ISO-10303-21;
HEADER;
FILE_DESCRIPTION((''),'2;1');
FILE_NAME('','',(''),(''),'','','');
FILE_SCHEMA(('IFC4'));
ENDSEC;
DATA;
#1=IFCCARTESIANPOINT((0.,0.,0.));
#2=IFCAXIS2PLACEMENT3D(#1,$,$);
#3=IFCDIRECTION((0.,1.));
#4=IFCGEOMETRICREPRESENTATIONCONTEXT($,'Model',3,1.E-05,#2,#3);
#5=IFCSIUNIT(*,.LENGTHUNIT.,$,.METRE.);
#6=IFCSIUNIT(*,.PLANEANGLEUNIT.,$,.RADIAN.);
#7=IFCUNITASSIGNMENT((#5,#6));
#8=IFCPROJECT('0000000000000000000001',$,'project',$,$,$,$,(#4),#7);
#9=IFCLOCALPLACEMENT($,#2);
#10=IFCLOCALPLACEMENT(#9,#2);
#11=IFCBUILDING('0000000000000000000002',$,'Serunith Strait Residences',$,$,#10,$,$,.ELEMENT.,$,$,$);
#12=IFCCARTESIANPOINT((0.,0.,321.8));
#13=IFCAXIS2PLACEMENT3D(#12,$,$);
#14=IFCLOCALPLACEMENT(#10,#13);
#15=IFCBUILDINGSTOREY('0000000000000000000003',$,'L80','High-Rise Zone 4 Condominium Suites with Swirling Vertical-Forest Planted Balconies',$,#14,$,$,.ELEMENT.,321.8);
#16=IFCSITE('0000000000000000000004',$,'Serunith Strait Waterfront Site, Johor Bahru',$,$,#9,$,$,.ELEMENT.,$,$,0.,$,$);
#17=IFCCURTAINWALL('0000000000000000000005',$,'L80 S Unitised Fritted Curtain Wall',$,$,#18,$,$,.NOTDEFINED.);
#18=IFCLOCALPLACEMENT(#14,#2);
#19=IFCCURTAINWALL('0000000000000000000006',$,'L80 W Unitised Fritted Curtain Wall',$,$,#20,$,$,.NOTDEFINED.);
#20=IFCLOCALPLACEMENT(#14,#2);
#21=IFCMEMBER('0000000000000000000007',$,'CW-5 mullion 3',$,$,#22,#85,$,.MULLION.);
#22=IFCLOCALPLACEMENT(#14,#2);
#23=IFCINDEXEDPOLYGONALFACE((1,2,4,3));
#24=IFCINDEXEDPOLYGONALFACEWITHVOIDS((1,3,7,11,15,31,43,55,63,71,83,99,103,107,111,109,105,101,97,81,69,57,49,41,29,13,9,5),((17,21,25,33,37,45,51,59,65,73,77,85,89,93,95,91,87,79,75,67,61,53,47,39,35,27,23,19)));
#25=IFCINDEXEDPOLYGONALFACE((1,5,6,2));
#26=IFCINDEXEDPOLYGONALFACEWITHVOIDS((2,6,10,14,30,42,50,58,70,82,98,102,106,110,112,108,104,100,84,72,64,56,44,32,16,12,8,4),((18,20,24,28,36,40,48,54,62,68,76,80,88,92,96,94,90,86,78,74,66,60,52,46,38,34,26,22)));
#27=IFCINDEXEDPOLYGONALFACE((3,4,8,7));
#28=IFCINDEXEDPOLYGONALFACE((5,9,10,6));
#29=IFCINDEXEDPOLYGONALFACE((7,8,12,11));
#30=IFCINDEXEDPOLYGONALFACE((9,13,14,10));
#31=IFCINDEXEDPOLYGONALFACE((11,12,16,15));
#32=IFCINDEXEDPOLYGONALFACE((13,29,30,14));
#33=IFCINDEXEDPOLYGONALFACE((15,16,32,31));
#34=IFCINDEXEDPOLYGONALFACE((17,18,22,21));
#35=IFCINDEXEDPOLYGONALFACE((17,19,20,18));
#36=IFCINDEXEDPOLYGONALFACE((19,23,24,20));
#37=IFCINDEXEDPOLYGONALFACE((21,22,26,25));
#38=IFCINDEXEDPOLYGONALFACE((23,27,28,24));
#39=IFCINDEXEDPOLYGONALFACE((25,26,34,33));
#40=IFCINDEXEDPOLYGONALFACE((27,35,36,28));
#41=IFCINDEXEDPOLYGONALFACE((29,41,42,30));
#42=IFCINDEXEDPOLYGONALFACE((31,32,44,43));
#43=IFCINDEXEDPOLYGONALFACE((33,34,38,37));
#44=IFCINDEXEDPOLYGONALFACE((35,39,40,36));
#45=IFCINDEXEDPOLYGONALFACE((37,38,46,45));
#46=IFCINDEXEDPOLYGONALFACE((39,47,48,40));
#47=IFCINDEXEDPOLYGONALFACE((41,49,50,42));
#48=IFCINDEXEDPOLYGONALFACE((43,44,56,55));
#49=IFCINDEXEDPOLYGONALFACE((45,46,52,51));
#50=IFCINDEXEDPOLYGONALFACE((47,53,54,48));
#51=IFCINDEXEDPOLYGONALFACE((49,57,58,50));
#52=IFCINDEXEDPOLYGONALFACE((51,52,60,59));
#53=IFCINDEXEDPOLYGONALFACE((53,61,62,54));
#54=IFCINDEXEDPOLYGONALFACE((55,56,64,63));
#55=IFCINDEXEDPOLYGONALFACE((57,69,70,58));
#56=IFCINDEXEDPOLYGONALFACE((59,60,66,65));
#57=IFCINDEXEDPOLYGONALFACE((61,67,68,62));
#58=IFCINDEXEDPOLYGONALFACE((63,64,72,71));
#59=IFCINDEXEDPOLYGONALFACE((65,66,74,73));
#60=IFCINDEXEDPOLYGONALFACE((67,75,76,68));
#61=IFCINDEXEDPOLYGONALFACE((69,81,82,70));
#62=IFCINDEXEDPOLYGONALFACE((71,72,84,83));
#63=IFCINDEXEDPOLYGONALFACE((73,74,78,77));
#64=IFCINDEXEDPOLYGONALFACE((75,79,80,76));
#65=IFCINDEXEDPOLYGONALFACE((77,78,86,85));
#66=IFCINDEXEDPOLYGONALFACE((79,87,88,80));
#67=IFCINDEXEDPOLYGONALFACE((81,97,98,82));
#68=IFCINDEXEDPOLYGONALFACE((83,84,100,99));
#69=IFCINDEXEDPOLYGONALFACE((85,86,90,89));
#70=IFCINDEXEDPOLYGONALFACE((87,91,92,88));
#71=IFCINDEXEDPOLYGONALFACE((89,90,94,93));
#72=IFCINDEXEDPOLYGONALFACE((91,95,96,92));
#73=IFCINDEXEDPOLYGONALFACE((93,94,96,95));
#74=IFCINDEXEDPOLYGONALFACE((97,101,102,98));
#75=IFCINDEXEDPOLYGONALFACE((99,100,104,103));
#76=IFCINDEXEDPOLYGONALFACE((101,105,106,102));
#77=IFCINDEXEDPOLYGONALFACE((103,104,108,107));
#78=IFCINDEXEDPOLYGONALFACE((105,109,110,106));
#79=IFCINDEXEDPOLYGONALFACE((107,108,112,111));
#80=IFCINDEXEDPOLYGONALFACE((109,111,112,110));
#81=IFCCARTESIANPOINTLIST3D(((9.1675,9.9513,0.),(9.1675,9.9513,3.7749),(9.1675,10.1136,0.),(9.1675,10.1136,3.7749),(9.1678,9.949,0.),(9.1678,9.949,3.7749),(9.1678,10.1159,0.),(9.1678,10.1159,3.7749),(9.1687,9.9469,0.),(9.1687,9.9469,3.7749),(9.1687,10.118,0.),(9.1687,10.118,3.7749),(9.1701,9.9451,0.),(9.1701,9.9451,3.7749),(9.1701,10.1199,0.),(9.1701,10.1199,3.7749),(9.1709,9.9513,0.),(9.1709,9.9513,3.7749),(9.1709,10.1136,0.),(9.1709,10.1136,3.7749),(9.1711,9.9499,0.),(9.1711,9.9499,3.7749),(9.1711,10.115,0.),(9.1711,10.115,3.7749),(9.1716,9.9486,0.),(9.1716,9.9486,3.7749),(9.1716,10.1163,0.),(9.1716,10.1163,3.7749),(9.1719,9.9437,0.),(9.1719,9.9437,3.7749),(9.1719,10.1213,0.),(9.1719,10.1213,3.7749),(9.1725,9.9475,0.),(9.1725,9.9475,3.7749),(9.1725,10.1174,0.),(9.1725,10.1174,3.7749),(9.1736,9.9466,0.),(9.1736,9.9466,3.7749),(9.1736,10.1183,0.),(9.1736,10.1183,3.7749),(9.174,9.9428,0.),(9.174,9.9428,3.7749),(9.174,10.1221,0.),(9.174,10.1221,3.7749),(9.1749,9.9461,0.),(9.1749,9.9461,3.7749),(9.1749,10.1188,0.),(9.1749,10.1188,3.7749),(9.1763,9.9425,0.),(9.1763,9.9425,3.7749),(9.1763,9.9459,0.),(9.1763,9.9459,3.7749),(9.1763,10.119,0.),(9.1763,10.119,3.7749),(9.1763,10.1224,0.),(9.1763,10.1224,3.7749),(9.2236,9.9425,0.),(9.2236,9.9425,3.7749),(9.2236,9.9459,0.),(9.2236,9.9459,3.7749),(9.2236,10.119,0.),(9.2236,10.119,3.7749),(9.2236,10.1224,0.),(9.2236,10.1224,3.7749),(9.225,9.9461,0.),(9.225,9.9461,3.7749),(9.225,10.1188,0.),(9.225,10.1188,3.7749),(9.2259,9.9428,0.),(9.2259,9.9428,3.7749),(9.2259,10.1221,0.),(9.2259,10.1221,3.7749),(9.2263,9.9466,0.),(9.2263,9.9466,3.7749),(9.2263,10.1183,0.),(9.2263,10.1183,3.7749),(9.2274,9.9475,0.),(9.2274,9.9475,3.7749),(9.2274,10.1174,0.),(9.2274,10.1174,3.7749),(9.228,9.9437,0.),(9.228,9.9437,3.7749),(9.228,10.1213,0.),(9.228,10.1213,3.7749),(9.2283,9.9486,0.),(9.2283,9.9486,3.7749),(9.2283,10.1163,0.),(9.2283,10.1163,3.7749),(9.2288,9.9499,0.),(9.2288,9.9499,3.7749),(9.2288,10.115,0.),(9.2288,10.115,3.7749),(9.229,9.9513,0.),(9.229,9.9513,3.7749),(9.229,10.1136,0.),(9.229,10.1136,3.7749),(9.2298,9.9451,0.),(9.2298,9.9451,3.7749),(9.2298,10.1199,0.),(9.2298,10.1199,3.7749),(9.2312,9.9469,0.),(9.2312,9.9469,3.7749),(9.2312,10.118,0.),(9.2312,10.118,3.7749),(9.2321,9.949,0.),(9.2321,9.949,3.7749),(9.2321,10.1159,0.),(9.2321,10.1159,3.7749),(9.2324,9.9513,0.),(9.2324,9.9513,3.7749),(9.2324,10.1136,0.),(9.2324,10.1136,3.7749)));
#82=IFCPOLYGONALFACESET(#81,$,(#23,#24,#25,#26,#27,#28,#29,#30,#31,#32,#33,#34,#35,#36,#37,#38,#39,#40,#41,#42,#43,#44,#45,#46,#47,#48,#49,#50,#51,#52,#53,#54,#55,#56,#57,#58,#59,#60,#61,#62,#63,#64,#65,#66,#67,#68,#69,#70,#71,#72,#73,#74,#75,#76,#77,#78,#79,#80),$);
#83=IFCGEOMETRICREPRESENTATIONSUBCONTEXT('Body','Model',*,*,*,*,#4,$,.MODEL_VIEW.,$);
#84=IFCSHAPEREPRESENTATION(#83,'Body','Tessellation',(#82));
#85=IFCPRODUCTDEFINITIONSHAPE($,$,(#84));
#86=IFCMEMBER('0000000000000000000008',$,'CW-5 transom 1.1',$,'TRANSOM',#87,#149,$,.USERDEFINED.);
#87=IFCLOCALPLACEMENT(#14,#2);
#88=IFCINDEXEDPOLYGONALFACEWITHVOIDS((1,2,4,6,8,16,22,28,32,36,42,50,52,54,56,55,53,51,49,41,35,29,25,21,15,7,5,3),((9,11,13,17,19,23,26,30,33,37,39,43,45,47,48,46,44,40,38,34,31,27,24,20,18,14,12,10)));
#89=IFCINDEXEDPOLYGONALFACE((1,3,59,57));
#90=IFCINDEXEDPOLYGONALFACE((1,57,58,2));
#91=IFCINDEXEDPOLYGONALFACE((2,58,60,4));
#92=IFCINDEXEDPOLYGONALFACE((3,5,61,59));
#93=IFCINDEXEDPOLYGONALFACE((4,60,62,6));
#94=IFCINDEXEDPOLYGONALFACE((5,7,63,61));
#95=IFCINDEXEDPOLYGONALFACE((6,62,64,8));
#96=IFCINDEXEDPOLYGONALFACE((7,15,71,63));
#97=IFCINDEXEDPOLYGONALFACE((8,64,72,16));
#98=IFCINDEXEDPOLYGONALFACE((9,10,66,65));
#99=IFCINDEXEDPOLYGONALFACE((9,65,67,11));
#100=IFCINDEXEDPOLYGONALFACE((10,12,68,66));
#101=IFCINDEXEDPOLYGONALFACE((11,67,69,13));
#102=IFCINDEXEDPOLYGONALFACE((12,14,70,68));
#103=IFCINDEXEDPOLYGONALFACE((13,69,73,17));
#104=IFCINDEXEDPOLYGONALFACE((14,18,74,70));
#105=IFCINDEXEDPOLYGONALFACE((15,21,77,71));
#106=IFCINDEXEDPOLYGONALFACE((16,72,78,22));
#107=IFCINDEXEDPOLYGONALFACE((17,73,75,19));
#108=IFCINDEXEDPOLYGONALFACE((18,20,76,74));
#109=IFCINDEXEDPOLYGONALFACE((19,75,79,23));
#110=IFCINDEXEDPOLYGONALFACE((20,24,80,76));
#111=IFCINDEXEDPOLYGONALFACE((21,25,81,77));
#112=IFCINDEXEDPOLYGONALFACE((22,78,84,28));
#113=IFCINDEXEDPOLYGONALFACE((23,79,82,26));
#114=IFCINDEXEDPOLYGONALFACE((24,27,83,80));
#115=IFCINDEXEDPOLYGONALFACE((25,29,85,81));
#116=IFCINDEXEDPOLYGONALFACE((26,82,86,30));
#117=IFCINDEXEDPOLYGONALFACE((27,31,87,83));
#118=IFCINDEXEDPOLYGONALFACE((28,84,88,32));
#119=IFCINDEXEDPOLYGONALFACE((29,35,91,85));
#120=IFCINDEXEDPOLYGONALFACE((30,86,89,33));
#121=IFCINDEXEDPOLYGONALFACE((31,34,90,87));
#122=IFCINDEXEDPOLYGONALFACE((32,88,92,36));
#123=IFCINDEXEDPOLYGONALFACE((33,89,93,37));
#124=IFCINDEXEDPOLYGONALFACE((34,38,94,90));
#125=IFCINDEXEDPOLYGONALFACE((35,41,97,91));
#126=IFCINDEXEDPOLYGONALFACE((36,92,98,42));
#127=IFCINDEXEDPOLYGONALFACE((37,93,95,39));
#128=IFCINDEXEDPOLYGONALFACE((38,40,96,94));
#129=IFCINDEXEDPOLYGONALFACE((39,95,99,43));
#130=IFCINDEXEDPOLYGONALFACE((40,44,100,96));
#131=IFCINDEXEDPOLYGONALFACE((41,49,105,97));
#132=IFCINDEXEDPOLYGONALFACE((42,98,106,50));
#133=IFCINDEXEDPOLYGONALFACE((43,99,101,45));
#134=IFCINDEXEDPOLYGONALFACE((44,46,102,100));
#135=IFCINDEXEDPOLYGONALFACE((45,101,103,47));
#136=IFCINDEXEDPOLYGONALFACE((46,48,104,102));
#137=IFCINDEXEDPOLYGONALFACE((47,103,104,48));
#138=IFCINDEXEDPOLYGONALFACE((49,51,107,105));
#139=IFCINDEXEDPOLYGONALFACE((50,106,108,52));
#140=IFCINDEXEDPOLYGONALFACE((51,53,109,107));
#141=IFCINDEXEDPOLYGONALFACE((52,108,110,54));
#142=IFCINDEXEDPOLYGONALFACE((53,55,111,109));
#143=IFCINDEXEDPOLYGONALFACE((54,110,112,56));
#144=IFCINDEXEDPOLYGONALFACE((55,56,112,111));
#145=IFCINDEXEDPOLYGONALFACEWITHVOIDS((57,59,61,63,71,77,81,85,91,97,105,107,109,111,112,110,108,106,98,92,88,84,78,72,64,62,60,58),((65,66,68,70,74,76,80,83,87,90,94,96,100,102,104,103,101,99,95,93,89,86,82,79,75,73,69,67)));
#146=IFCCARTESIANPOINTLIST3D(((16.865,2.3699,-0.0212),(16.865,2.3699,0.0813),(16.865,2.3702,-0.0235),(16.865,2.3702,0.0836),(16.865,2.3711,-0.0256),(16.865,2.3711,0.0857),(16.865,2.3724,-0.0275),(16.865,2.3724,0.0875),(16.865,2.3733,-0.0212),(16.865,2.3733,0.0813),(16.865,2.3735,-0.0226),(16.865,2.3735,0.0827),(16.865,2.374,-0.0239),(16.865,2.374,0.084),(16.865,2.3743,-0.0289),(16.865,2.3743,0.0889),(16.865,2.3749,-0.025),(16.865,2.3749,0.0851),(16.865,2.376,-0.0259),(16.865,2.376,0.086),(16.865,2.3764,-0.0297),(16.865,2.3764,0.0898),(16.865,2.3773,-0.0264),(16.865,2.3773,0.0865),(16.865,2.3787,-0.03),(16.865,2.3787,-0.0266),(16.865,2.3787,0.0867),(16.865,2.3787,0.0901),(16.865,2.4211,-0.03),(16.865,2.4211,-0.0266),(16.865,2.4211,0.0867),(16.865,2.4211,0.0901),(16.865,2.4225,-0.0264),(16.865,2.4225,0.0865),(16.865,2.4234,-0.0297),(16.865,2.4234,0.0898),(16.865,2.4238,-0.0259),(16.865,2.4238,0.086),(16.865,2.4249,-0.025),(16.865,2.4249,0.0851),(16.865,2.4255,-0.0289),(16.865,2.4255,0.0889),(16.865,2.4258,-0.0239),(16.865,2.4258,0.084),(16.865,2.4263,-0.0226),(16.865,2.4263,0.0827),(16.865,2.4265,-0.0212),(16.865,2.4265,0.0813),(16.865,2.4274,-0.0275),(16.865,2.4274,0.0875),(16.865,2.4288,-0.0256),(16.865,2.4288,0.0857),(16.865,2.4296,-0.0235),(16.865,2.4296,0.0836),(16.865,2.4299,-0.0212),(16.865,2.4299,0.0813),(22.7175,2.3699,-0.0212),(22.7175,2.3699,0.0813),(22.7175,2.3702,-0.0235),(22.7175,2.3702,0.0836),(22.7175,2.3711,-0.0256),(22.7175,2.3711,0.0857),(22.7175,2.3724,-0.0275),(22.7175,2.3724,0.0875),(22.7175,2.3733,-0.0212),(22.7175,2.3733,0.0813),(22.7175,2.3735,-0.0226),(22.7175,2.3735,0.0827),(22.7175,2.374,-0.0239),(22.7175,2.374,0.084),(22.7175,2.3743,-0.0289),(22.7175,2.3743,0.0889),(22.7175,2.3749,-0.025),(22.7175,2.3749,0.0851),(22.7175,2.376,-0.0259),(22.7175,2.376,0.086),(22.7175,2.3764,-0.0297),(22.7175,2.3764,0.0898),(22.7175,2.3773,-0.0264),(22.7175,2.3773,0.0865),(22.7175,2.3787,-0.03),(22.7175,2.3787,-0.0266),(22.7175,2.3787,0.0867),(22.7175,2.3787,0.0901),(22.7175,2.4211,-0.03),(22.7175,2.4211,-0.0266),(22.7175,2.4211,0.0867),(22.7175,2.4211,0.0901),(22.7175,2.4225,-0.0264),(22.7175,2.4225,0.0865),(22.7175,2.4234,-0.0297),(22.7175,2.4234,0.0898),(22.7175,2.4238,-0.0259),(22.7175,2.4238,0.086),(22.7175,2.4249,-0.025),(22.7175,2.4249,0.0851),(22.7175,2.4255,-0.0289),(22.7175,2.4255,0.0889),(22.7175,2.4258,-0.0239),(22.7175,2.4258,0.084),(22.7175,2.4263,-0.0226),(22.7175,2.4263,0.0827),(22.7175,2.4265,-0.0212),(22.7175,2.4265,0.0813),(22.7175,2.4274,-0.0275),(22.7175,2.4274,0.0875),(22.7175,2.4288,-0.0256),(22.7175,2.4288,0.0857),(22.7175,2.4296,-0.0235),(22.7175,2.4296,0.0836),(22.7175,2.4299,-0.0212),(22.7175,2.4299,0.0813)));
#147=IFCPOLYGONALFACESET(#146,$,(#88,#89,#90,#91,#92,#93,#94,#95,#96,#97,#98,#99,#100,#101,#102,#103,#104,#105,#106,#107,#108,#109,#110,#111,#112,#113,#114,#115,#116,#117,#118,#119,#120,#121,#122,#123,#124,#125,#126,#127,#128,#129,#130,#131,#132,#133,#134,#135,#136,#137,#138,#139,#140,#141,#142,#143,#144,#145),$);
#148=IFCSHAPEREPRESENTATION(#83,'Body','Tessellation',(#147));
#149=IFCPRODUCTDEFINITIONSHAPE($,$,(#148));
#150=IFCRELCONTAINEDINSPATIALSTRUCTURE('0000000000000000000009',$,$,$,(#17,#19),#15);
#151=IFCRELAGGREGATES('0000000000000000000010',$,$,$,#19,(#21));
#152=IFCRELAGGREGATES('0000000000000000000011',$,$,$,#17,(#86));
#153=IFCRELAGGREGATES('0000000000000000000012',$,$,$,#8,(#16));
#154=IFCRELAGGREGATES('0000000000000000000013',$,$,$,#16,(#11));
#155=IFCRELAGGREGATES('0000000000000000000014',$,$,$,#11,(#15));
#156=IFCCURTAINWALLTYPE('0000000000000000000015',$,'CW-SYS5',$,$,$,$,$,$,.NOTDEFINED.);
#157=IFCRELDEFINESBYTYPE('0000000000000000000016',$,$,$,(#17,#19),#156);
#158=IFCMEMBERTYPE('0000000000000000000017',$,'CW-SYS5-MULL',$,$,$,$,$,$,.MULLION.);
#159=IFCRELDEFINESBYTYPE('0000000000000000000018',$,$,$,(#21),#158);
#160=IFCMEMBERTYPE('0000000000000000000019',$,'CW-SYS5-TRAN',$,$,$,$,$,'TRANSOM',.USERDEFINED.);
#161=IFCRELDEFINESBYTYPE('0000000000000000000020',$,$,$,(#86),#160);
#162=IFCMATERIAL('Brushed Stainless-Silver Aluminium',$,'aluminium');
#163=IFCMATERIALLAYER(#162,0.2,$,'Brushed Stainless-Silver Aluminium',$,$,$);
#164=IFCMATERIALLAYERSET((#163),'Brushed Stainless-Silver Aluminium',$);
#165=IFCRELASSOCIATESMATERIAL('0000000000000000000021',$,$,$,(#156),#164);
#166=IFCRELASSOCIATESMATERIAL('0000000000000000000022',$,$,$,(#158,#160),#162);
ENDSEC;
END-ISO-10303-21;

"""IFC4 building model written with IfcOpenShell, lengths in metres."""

from ifc_helpers import new_model, si_unit, direction, frame, origin, origin_2d, place, context, subcontext, project, spatial, hollow_rectangle, extrude, source, transform, mapped, material, layer, layer_set, material_profile, profile_set, type_object, element, aggregate, save


model = new_model("IFC4")

# Units and contexts
model_context = context("Model", 3, precision=1e-05, world=origin(), true_north=direction((0.0, 1.0)))
body_context = subcontext(model_context, "Body", "Model", "MODEL_VIEW")
ifc_project = project(units=[si_unit("LENGTHUNIT", "METRE"), si_unit("PLANEANGLEUNIT", "RADIAN")], contexts=[model_context])

# Site, building, storey
site_placement = place(None, origin())
site = spatial("IfcSite", under=ifc_project, at=site_placement, Name="Serunith Strait Waterfront Site, Johor Bahru", CompositionType="ELEMENT", RefElevation=0.0)
building_placement = place(site_placement, origin())
building = spatial("IfcBuilding", under=site, at=building_placement, Name="Serunith Strait Residences", CompositionType="ELEMENT")
storey_placement = place(building_placement, frame((0.0, 0.0, 321.8)))
storey = spatial("IfcBuildingStorey", under=building, at=storey_placement, Name="L80", Description="High-Rise Zone 4 Condominium Suites with Swirling Vertical-Forest Planted Balconies", CompositionType="ELEMENT", Elevation=321.8)

# Curtain walls, member
ifc_material_1 = material(Name="Brushed Stainless-Silver Aluminium", Category="aluminium")
ifc_layer_1 = layer(ifc_material_1, 0.2, Name="Brushed Stainless-Silver Aluminium")
ifc_layer_set_1 = layer_set([ifc_layer_1], Name="Brushed Stainless-Silver Aluminium")
curtain_wall_type = type_object("IfcCurtainWallType", Name="CW-SYS5", PredefinedType="NOTDEFINED", material=ifc_layer_set_1)
curtain_wall_1_placement = place(storey_placement, origin())
curtain_wall_1 = element("IfcCurtainWall", 1, at=curtain_wall_1_placement, inside=storey, type_object=curtain_wall_type, Name="L80 S Unitised Fritted Curtain Wall", PredefinedType="NOTDEFINED")
ifc_material_profile_1 = material_profile(ifc_material_1, hollow_rectangle(XDim=0.0649, YDim=0.1799, WallThickness=0.0034, InnerFilletRadius=0.0054, OuterFilletRadius=0.0088, at=origin_2d()), Name="ALU 180x65x3.5")
ifc_profile_set_1 = profile_set([ifc_material_profile_1], Name="Brushed Stainless-Silver Aluminium")
member_type_1 = type_object("IfcMemberType", Name="CW-SYS5-MULL", PredefinedType="MULLION", material=ifc_profile_set_1)
shared_shape_1 = source(origin(), body_context, "Body", "SweptSolid", [
    extrude(hollow_rectangle(XDim=0.0649, YDim=0.1799, WallThickness=0.0034, InnerFilletRadius=0.0054, OuterFilletRadius=0.0088, at=origin_2d()), origin(), (0.0, 0.0, 1.0), 3.7749),
])
curtain_wall_2_placement = place(storey_placement, origin())
curtain_wall_2 = element("IfcCurtainWall", 2, at=curtain_wall_2_placement, inside=storey, type_object=curtain_wall_type, Name="L80 W Unitised Fritted Curtain Wall", PredefinedType="NOTDEFINED")
member_1_placement = place(storey_placement, frame((9.2, 10.0325, 0.0), z_axis=(0.0, 0.0, 1.0), x_axis=(1.0, 0.0, 0.0)))
member_1 = element("IfcMember", 3, at=member_1_placement, type_object=member_type_1, Name="CW-5 mullion 3", PredefinedType="MULLION", context=body_context, shape_type="MappedRepresentation", body=[
    mapped(shared_shape_1, transform((0.0, 0.0, 0.0), scale=1.0)),
])
aggregate(curtain_wall_2, [member_1])

# Member
ifc_material_profile_2 = material_profile(ifc_material_1, hollow_rectangle(XDim=0.0601, YDim=0.1201, WallThickness=0.0034, InnerFilletRadius=0.0054, OuterFilletRadius=0.0088, at=origin_2d()), Name="ALU 120x60x3.5")
ifc_profile_set_2 = profile_set([ifc_material_profile_2], Name="Brushed Stainless-Silver Aluminium")
member_type_2 = type_object("IfcMemberType", Name="CW-SYS5-TRAN", ElementType="TRANSOM", PredefinedType="USERDEFINED", material=ifc_profile_set_2)
shared_shape_2 = source(origin(), body_context, "Body", "SweptSolid", [
    extrude(hollow_rectangle(XDim=0.0601, YDim=0.1201, WallThickness=0.0034, InnerFilletRadius=0.0054, OuterFilletRadius=0.0088, at=origin_2d()), origin(), (0.0, 0.0, 1.0), 5.8525),
])
member_2_placement = place(storey_placement, frame((16.865, 2.3999, 0.03), z_axis=(1.0, 0.0, 0.0), x_axis=(0.0, 1.0, 0.0)))
member_2 = element("IfcMember", 4, at=member_2_placement, type_object=member_type_2, Name="CW-5 transom 1.1", ObjectType="TRANSOM", PredefinedType="USERDEFINED", context=body_context, shape_type="MappedRepresentation", body=[
    mapped(shared_shape_2, transform((0.0, 0.0, 0.0), scale=1.0)),
])
aggregate(curtain_wall_1, [member_2])

save(model, "model.ifc")
